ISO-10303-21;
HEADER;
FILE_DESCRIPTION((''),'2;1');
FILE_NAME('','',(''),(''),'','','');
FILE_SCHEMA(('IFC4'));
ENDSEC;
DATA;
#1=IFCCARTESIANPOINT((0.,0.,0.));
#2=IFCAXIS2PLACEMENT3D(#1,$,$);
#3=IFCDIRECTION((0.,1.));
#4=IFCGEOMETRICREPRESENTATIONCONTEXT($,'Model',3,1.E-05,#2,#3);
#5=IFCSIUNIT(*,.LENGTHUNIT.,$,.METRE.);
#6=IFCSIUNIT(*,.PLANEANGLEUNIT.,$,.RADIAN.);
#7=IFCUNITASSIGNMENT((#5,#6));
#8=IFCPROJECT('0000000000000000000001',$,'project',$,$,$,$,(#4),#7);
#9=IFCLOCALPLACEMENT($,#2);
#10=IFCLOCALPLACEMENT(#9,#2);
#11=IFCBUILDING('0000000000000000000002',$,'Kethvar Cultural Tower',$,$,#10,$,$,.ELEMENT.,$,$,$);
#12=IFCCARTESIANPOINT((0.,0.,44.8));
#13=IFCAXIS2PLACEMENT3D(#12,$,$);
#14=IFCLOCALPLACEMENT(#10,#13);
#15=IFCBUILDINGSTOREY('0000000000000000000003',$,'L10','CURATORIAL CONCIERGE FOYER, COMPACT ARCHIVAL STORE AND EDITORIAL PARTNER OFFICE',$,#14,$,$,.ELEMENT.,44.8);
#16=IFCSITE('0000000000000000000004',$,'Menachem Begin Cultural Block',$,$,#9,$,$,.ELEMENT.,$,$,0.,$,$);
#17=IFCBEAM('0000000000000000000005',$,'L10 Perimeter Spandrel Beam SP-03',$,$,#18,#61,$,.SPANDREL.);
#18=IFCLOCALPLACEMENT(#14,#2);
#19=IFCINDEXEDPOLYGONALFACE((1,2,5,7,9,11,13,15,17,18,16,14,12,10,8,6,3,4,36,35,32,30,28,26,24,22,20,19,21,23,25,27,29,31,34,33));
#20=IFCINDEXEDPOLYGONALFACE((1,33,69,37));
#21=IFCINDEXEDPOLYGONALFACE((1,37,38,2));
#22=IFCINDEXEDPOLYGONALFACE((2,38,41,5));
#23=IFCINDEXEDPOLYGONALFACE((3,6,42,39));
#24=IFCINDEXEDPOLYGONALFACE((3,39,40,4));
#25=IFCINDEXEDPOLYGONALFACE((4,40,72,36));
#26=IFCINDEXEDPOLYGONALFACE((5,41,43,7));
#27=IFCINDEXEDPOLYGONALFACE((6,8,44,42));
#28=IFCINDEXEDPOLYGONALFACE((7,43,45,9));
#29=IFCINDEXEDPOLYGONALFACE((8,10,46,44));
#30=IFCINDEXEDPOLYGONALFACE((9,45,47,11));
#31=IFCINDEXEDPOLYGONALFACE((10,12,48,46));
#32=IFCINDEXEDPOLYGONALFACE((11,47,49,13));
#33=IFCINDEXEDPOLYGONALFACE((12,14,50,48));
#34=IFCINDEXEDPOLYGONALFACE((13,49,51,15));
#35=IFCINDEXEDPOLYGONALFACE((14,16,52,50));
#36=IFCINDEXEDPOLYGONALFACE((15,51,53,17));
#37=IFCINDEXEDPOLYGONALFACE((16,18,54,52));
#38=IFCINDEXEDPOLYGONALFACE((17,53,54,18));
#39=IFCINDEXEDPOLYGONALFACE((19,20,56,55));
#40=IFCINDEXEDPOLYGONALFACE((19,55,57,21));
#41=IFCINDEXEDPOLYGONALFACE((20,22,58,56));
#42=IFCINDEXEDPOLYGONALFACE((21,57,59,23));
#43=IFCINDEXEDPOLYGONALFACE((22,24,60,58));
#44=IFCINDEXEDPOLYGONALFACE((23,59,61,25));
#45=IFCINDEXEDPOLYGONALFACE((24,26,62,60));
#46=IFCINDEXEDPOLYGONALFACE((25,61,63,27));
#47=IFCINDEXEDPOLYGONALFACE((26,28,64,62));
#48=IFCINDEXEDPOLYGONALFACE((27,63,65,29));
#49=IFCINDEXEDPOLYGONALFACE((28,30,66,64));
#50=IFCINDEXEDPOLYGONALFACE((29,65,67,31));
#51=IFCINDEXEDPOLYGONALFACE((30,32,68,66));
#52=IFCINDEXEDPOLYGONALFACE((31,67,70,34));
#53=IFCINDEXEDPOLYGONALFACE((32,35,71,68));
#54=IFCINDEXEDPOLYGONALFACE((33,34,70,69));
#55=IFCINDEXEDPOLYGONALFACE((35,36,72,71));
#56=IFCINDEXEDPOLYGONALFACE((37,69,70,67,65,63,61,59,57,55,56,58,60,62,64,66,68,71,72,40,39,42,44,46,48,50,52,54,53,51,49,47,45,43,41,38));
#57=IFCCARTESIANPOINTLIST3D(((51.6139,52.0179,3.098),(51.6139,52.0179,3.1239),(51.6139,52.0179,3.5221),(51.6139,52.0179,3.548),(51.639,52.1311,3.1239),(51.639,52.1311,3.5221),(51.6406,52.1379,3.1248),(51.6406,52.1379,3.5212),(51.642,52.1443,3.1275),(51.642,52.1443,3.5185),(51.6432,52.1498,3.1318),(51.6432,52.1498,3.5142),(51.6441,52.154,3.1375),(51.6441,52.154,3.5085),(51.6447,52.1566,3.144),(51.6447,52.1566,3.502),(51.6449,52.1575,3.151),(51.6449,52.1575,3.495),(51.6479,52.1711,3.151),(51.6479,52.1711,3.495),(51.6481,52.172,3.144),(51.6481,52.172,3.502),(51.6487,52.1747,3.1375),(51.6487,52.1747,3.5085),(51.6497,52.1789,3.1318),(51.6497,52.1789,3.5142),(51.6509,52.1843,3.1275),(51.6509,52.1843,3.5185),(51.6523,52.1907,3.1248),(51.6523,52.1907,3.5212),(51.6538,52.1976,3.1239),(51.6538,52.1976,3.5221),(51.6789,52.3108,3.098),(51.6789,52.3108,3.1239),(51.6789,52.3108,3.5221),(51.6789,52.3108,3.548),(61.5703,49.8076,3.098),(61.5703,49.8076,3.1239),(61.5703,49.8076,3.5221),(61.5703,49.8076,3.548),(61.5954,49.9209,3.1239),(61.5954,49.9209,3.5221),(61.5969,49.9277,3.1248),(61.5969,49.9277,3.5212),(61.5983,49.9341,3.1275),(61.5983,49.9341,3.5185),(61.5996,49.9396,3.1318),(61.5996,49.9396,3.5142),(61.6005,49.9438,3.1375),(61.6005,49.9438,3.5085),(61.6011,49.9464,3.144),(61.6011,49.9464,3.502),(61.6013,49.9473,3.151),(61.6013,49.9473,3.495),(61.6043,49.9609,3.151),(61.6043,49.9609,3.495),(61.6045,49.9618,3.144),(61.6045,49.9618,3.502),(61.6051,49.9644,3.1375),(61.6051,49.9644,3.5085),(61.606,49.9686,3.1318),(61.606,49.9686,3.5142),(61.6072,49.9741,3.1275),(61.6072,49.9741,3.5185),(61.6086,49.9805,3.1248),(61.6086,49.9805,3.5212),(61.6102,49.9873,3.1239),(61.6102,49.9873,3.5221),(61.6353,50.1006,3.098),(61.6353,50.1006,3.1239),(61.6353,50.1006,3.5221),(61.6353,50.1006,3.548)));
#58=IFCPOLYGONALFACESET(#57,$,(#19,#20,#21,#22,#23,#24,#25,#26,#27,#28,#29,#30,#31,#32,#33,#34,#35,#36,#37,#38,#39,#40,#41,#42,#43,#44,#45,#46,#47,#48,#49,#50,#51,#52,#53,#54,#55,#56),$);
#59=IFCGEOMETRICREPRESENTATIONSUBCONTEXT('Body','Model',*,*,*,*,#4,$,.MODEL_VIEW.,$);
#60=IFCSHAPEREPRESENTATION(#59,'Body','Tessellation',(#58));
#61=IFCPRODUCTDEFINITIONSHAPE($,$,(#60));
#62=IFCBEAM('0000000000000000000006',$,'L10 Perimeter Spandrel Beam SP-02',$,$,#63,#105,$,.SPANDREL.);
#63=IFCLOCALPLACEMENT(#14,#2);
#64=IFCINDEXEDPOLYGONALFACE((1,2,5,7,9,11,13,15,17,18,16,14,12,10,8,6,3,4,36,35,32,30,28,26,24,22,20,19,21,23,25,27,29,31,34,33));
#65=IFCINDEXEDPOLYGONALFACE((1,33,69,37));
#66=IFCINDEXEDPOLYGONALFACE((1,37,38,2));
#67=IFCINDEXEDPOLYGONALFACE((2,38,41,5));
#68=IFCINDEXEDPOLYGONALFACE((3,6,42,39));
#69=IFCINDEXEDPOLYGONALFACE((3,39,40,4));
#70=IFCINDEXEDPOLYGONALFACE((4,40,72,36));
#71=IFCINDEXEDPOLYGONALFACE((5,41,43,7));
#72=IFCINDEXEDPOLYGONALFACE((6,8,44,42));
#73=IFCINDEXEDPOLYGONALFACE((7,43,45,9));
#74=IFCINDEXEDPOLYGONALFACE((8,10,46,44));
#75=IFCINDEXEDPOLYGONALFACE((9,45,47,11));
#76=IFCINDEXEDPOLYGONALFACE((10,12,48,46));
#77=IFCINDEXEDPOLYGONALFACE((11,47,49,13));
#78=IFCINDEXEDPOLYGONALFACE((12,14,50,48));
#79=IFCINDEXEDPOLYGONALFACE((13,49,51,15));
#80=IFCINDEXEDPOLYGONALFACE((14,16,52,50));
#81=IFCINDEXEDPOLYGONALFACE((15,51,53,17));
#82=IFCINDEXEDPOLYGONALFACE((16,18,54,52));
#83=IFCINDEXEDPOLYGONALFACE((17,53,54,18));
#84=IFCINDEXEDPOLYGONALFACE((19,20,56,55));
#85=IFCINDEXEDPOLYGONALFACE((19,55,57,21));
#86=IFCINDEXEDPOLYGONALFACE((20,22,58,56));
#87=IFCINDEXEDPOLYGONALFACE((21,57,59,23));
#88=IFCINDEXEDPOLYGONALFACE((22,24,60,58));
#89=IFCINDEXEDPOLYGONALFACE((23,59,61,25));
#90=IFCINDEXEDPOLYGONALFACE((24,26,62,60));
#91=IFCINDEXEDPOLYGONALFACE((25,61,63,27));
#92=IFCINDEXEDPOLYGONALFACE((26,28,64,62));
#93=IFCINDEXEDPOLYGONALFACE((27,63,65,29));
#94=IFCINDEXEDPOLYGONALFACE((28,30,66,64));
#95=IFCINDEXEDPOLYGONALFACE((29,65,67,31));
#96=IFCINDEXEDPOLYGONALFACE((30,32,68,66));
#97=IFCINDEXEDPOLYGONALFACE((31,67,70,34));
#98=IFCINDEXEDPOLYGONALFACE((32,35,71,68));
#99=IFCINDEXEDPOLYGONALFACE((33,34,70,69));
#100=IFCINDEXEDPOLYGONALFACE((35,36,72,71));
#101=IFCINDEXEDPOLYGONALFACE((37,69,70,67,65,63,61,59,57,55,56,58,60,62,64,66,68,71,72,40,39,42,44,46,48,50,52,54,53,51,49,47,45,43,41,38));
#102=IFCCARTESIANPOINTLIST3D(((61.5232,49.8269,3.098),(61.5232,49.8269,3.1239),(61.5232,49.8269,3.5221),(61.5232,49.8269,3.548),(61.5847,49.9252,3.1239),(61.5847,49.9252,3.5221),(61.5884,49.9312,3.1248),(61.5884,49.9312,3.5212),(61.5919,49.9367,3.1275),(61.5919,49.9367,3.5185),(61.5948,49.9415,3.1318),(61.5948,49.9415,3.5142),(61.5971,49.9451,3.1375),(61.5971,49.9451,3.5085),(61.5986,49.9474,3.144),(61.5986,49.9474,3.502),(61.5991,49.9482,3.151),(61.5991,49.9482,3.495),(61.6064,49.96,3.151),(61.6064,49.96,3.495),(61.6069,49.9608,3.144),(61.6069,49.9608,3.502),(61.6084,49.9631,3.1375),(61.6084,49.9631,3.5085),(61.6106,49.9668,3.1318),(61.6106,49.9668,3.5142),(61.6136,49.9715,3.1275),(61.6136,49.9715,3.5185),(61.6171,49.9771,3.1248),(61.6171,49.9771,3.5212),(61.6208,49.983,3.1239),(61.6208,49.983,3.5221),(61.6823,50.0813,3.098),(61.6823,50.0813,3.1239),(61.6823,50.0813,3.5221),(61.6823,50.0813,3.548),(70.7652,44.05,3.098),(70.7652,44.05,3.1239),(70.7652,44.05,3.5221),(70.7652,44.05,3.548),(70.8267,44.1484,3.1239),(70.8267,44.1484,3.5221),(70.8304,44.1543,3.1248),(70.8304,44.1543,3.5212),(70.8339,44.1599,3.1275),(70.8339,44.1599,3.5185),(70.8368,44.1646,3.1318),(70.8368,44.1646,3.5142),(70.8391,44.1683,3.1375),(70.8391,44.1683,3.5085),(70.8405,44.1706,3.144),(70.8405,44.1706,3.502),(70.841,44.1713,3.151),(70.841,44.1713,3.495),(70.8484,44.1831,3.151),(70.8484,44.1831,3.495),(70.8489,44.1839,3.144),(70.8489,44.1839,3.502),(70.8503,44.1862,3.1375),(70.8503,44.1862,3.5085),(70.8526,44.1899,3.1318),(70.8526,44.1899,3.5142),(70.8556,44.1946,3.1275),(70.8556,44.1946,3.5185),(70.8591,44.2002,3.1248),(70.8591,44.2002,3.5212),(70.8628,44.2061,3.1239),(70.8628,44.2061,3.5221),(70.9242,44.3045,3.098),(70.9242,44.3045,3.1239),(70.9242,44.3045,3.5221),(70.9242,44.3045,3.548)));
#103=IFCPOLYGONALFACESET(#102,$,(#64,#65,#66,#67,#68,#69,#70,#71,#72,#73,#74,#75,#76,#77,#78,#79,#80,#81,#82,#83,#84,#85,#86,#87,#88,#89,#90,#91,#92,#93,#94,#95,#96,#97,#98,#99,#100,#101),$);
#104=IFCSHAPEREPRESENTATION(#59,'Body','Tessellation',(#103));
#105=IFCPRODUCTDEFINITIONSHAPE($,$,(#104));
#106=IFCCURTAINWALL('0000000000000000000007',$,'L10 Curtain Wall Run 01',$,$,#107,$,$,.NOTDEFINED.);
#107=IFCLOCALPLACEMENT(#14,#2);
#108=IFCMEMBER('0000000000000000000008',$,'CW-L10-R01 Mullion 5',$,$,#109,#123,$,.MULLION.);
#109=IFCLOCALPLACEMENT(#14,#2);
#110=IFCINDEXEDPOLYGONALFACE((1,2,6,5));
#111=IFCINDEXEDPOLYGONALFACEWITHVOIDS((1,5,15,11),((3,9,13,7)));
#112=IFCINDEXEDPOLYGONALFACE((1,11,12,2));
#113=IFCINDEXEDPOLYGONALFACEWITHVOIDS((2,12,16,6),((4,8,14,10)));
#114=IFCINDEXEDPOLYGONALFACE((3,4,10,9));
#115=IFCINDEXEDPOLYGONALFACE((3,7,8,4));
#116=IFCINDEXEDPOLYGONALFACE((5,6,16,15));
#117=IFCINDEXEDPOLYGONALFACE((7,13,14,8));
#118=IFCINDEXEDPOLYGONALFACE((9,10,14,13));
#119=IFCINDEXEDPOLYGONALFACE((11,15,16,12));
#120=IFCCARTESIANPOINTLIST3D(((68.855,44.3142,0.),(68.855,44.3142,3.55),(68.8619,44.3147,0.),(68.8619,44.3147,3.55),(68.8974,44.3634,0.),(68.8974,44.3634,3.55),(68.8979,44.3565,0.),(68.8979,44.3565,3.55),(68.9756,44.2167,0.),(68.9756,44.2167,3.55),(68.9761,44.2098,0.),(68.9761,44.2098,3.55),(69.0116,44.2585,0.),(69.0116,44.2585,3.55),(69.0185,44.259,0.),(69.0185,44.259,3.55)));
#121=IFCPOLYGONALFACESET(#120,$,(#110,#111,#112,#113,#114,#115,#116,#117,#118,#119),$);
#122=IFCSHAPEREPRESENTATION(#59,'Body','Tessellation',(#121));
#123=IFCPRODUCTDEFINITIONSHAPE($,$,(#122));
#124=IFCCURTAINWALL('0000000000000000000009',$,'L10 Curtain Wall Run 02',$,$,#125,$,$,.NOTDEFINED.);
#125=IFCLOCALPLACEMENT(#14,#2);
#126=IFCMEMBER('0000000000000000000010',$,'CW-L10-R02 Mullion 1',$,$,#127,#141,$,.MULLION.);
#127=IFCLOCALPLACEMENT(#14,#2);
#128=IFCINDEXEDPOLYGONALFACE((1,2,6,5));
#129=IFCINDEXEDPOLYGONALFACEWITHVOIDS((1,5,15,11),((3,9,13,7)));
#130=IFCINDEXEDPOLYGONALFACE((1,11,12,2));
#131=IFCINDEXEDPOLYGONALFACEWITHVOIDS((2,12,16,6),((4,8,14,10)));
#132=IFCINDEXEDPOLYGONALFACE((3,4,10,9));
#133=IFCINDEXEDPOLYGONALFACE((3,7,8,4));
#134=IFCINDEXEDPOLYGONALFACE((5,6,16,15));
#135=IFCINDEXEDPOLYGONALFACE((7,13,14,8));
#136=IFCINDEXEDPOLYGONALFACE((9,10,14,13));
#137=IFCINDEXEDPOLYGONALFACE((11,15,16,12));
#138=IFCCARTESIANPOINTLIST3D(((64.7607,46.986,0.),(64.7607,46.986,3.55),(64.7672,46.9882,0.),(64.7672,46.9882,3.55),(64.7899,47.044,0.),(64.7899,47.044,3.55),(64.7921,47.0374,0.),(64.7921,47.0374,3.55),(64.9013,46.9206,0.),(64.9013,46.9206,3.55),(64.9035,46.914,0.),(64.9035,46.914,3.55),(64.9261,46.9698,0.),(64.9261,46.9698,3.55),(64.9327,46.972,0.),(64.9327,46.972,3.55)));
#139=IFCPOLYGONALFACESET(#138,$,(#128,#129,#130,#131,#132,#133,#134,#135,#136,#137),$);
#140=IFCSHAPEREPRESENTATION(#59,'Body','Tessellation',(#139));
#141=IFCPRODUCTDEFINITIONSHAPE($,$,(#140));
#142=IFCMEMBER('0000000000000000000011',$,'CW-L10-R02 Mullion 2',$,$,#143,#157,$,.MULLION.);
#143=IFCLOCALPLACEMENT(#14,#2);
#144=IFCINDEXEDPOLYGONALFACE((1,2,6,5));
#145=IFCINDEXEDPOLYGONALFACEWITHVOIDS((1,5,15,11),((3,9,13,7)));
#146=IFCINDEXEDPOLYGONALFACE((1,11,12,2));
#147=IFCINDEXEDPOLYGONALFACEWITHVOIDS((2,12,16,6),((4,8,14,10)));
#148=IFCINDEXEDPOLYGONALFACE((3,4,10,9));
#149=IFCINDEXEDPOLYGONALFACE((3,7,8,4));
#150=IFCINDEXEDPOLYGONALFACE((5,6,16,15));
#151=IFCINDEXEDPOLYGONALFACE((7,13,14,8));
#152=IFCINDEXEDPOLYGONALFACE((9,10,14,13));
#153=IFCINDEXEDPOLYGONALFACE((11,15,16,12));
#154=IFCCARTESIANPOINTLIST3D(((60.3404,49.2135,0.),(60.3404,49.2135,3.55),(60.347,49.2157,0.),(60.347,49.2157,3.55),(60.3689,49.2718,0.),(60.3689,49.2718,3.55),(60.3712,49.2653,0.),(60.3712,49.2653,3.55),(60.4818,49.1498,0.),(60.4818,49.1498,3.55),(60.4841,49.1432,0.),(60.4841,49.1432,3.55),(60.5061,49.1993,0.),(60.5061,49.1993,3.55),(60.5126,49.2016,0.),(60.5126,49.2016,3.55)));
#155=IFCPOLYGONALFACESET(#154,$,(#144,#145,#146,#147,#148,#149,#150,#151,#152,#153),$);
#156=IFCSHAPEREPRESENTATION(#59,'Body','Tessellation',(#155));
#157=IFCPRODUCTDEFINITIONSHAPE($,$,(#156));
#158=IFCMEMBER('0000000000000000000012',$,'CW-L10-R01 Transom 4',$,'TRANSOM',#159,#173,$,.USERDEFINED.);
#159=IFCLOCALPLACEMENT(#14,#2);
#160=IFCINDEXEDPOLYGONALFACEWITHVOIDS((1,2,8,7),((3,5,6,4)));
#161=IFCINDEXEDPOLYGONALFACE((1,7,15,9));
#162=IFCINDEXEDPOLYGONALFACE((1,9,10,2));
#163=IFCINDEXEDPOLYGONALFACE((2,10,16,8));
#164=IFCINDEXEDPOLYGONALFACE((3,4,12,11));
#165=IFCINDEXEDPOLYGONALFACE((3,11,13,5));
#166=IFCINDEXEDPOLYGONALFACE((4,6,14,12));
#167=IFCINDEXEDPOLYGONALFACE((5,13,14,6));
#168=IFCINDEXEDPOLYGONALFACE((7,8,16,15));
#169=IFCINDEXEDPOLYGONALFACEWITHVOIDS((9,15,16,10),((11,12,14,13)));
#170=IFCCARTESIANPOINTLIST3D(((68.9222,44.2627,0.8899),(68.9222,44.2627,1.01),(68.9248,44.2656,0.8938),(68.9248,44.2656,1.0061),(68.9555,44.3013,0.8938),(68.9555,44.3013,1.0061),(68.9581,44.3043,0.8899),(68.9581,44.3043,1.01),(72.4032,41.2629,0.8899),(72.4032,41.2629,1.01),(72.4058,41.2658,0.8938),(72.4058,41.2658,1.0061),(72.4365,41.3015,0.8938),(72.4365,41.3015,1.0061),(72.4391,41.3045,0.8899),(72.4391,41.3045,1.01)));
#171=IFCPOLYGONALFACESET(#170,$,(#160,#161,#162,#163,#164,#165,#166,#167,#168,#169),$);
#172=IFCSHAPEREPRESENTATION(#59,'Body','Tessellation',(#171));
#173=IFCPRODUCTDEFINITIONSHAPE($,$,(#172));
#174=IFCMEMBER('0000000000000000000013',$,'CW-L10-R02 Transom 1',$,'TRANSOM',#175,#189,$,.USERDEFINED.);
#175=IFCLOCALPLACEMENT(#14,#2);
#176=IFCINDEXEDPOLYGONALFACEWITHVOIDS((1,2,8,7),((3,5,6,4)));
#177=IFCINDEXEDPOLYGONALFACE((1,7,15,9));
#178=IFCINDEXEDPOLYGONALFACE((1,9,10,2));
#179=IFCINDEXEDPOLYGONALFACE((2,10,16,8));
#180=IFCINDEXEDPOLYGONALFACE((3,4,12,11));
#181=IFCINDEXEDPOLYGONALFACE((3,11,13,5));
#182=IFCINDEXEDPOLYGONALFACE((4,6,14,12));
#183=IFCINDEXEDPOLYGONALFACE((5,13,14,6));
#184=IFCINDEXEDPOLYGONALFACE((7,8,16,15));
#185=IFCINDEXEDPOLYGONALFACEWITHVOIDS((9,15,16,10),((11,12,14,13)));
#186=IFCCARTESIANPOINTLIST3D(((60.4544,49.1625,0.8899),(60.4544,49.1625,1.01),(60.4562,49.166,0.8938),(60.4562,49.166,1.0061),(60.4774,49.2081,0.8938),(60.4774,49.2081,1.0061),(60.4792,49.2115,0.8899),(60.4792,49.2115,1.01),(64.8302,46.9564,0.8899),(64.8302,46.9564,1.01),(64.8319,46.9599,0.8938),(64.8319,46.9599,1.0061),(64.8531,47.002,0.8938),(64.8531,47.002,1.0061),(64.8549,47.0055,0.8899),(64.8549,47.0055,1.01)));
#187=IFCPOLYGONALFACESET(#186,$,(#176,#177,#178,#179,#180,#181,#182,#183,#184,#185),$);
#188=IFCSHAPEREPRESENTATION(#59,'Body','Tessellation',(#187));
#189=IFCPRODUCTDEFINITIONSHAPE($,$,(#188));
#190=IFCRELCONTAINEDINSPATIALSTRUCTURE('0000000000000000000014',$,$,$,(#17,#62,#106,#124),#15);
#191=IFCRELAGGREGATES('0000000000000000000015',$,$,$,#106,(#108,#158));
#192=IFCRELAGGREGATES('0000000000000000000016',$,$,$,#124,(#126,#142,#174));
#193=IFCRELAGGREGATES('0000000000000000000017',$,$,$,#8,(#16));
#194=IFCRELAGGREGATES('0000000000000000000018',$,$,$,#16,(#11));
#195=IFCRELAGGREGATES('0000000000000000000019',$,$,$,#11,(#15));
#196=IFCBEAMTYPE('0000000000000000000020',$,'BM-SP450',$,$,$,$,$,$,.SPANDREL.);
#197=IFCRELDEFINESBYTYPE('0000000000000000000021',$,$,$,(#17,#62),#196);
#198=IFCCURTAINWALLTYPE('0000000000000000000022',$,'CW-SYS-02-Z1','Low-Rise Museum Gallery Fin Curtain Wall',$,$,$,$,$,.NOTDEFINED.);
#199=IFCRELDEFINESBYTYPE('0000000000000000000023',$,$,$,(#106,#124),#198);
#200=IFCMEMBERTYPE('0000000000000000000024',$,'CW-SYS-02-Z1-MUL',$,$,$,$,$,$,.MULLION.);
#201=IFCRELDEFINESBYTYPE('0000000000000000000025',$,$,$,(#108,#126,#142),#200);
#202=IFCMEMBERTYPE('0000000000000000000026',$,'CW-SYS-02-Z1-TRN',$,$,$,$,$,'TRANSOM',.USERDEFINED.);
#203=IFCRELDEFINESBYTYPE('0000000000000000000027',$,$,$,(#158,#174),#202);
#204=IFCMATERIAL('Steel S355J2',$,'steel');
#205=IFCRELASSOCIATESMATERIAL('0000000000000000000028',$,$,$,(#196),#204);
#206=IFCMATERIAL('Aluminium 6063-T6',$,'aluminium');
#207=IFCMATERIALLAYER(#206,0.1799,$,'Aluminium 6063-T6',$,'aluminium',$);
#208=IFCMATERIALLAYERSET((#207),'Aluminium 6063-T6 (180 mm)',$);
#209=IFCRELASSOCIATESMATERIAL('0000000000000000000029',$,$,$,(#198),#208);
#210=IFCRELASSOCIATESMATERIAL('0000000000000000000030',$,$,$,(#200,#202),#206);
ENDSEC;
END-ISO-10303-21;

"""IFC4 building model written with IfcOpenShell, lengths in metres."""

from ifc_helpers import new_model, si_unit, direction, frame, origin, origin_2d, place, context, subcontext, project, spatial, hollow_rectangle, i_section, extrude, source, transform, mapped, material, layer, layer_set, material_profile, profile_set, type_object, element, aggregate, save


model = new_model("IFC4")

# Units and contexts
model_context = context("Model", 3, precision=1e-05, world=origin(), true_north=direction((0.0, 1.0)))
body_context = subcontext(model_context, "Body", "Model", "MODEL_VIEW")
ifc_project = project(units=[si_unit("LENGTHUNIT", "METRE"), si_unit("PLANEANGLEUNIT", "RADIAN")], contexts=[model_context])

# Site, building, storey
site_placement = place(None, origin())
site = spatial("IfcSite", under=ifc_project, at=site_placement, Name="Menachem Begin Cultural Block", CompositionType="ELEMENT", RefElevation=0.0)
building_placement = place(site_placement, origin())
building = spatial("IfcBuilding", under=site, at=building_placement, Name="Kethvar Cultural Tower", CompositionType="ELEMENT")
storey_placement = place(building_placement, frame((0.0, 0.0, 44.8)))
storey = spatial("IfcBuildingStorey", under=building, at=storey_placement, Name="L10", Description="CURATORIAL CONCIERGE FOYER, COMPACT ARCHIVAL STORE AND EDITORIAL PARTNER OFFICE", CompositionType="ELEMENT", Elevation=44.8)

# Beams
ifc_material_1 = material(Name="Steel S355J2", Category="steel")
ifc_material_profile_1 = material_profile(ifc_material_1, i_section(OverallWidth=0.3, OverallDepth=0.45, WebThickness=0.0139, FlangeThickness=0.0259, FilletRadius=0.0271, at=origin_2d()), Name="Steel S355J2 — HEB450")
ifc_profile_set_1 = profile_set([ifc_material_profile_1], Name="Steel S355J2 — HEB450")
beam_type_1 = type_object("IfcBeamType", Name="BM-SP450", PredefinedType="SPANDREL", material=ifc_profile_set_1)
shared_shape_1 = source(origin(), body_context, "Body", "SweptSolid", [
    extrude(i_section(OverallWidth=0.3, OverallDepth=0.45, WebThickness=0.0139, FlangeThickness=0.0259, FilletRadius=0.0271, at=origin_2d()), origin(), (0.0, 0.0, 1.0), 10.1987),
])
beam_1_placement = place(storey_placement, frame((61.6028, 49.9541, 3.323), z_axis=(-0.976235, 0.216715, 0.0), x_axis=(-0.216715, -0.976235, 0.0)))
element("IfcBeam", 1, at=beam_1_placement, inside=storey, type_object=beam_type_1, Name="L10 Perimeter Spandrel Beam SP-03", PredefinedType="SPANDREL", context=body_context, shape_type="MappedRepresentation", body=[
    mapped(shared_shape_1, transform((0.0, 0.0, 0.0), scale=1.0)),
])
shared_shape_2 = source(origin(), body_context, "Body", "SweptSolid", [
    extrude(i_section(OverallWidth=0.3, OverallDepth=0.45, WebThickness=0.0139, FlangeThickness=0.0259, FilletRadius=0.0271, at=origin_2d()), origin(), (0.0, 0.0, 1.0), 10.8989),
])
beam_2_placement = place(storey_placement, frame((70.8447, 44.1772, 3.323), z_axis=(-0.847972, 0.530041, 0.0), x_axis=(-0.530041, -0.847972, 0.0)))
element("IfcBeam", 2, at=beam_2_placement, inside=storey, type_object=beam_type_1, Name="L10 Perimeter Spandrel Beam SP-02", PredefinedType="SPANDREL", context=body_context, shape_type="MappedRepresentation", body=[
    mapped(shared_shape_2, transform((0.0, 0.0, 0.0), scale=1.0)),
])

# Curtain wall, member
ifc_material_2 = material(Name="Aluminium 6063-T6", Category="aluminium")
ifc_layer_1 = layer(ifc_material_2, 0.1799, Name="Aluminium 6063-T6", Category="aluminium")
ifc_layer_set_1 = layer_set([ifc_layer_1], Name="Aluminium 6063-T6 (180 mm)")
curtain_wall_type = type_object("IfcCurtainWallType", Name="CW-SYS-02-Z1", Description="Low-Rise Museum Gallery Fin Curtain Wall", PredefinedType="NOTDEFINED", material=ifc_layer_set_1)
curtain_wall_1_placement = place(storey_placement, origin())
curtain_wall_1 = element("IfcCurtainWall", 3, at=curtain_wall_1_placement, inside=storey, type_object=curtain_wall_type, Name="L10 Curtain Wall Run 01", PredefinedType="NOTDEFINED")
ifc_material_profile_2 = material_profile(ifc_material_2, hollow_rectangle(XDim=0.0649, YDim=0.1599, WallThickness=0.0049, at=origin_2d()), Name="Aluminium 6063-T6 — RHS160x65x5")
ifc_profile_set_2 = profile_set([ifc_material_profile_2], Name="Aluminium 6063-T6 — RHS160x65x5")
member_type_1 = type_object("IfcMemberType", Name="CW-SYS-02-Z1-MUL", PredefinedType="MULLION", material=ifc_profile_set_2)
shared_shape_3 = source(origin(), body_context, "Body", "SweptSolid", [
    extrude(hollow_rectangle(XDim=0.0649, YDim=0.1599, WallThickness=0.0049, at=origin_2d()), origin(), (0.0, 0.0, 1.0), 3.55),
])
member_1_placement = place(storey_placement, frame((68.9368, 44.2866, 0.0), z_axis=(0.0, 0.0, 1.0), x_axis=(-0.652813, -0.757519, 0.0)))
member_1 = element("IfcMember", 4, at=member_1_placement, type_object=member_type_1, Name="CW-L10-R01 Mullion 5", PredefinedType="MULLION", context=body_context, shape_type="MappedRepresentation", body=[
    mapped(shared_shape_3, transform((0.0, 0.0, 0.0), scale=1.0)),
])

# Curtain wall, members
curtain_wall_2_placement = place(storey_placement, origin())
curtain_wall_2 = element("IfcCurtainWall", 5, at=curtain_wall_2_placement, inside=storey, type_object=curtain_wall_type, Name="L10 Curtain Wall Run 02", PredefinedType="NOTDEFINED")
member_2_placement = place(storey_placement, frame((64.8467, 46.979, 0.0), z_axis=(0.0, 0.0, 1.0), x_axis=(-0.450192, -0.892932, 0.0)))
member_2 = element("IfcMember", 6, at=member_2_placement, type_object=member_type_1, Name="CW-L10-R02 Mullion 1", PredefinedType="MULLION", context=body_context, shape_type="MappedRepresentation", body=[
    mapped(shared_shape_3, transform((0.0, 0.0, 0.0), scale=1.0)),
])
member_3_placement = place(storey_placement, frame((60.4265, 49.2075, 0.0), z_axis=(0.0, 0.0, 1.0), x_axis=(-0.439093, -0.898442, 0.0)))
member_3 = element("IfcMember", 7, at=member_3_placement, type_object=member_type_1, Name="CW-L10-R02 Mullion 2", PredefinedType="MULLION", context=body_context, shape_type="MappedRepresentation", body=[
    mapped(shared_shape_3, transform((0.0, 0.0, 0.0), scale=1.0)),
])

# Members
ifc_material_profile_3 = material_profile(ifc_material_2, hollow_rectangle(XDim=0.0549, YDim=0.1201, WallThickness=0.0039, at=origin_2d()), Name="Aluminium 6063-T6 — RHS120x55x4")
ifc_profile_set_3 = profile_set([ifc_material_profile_3], Name="Aluminium 6063-T6 — RHS120x55x4")
member_type_2 = type_object("IfcMemberType", Name="CW-SYS-02-Z1-TRN", ElementType="TRANSOM", PredefinedType="USERDEFINED", material=ifc_profile_set_3)
shared_shape_4 = source(origin(), body_context, "Body", "SweptSolid", [
    extrude(hollow_rectangle(XDim=0.0549, YDim=0.1201, WallThickness=0.0039, at=origin_2d()), origin(), (0.0, 0.0, 1.0), 4.5952),
])
member_4_placement = place(storey_placement, frame((72.4211, 41.2837, 0.95), z_axis=(-0.757525, 0.652806, 0.0), x_axis=(-0.652806, -0.757525, 0.0)))
member_4 = element("IfcMember", 8, at=member_4_placement, type_object=member_type_2, Name="CW-L10-R01 Transom 4", ObjectType="TRANSOM", PredefinedType="USERDEFINED", context=body_context, shape_type="MappedRepresentation", body=[
    mapped(shared_shape_4, transform((0.0, 0.0, 0.0), scale=1.0)),
])
shared_shape_5 = source(origin(), body_context, "Body", "SweptSolid", [
    extrude(hollow_rectangle(XDim=0.0549, YDim=0.1201, WallThickness=0.0039, at=origin_2d()), origin(), (0.0, 0.0, 1.0), 4.9004),
])
member_5_placement = place(storey_placement, frame((64.8425, 46.981, 0.95), z_axis=(-0.892938, 0.45018, 0.0), x_axis=(-0.45018, -0.892938, 0.0)))
member_5 = element("IfcMember", 9, at=member_5_placement, type_object=member_type_2, Name="CW-L10-R02 Transom 1", ObjectType="TRANSOM", PredefinedType="USERDEFINED", context=body_context, shape_type="MappedRepresentation", body=[
    mapped(shared_shape_5, transform((0.0, 0.0, 0.0), scale=1.0)),
])

aggregate(curtain_wall_1, [member_1, member_4])
aggregate(curtain_wall_2, [member_2, member_3, member_5])

save(model, "model.ifc")
